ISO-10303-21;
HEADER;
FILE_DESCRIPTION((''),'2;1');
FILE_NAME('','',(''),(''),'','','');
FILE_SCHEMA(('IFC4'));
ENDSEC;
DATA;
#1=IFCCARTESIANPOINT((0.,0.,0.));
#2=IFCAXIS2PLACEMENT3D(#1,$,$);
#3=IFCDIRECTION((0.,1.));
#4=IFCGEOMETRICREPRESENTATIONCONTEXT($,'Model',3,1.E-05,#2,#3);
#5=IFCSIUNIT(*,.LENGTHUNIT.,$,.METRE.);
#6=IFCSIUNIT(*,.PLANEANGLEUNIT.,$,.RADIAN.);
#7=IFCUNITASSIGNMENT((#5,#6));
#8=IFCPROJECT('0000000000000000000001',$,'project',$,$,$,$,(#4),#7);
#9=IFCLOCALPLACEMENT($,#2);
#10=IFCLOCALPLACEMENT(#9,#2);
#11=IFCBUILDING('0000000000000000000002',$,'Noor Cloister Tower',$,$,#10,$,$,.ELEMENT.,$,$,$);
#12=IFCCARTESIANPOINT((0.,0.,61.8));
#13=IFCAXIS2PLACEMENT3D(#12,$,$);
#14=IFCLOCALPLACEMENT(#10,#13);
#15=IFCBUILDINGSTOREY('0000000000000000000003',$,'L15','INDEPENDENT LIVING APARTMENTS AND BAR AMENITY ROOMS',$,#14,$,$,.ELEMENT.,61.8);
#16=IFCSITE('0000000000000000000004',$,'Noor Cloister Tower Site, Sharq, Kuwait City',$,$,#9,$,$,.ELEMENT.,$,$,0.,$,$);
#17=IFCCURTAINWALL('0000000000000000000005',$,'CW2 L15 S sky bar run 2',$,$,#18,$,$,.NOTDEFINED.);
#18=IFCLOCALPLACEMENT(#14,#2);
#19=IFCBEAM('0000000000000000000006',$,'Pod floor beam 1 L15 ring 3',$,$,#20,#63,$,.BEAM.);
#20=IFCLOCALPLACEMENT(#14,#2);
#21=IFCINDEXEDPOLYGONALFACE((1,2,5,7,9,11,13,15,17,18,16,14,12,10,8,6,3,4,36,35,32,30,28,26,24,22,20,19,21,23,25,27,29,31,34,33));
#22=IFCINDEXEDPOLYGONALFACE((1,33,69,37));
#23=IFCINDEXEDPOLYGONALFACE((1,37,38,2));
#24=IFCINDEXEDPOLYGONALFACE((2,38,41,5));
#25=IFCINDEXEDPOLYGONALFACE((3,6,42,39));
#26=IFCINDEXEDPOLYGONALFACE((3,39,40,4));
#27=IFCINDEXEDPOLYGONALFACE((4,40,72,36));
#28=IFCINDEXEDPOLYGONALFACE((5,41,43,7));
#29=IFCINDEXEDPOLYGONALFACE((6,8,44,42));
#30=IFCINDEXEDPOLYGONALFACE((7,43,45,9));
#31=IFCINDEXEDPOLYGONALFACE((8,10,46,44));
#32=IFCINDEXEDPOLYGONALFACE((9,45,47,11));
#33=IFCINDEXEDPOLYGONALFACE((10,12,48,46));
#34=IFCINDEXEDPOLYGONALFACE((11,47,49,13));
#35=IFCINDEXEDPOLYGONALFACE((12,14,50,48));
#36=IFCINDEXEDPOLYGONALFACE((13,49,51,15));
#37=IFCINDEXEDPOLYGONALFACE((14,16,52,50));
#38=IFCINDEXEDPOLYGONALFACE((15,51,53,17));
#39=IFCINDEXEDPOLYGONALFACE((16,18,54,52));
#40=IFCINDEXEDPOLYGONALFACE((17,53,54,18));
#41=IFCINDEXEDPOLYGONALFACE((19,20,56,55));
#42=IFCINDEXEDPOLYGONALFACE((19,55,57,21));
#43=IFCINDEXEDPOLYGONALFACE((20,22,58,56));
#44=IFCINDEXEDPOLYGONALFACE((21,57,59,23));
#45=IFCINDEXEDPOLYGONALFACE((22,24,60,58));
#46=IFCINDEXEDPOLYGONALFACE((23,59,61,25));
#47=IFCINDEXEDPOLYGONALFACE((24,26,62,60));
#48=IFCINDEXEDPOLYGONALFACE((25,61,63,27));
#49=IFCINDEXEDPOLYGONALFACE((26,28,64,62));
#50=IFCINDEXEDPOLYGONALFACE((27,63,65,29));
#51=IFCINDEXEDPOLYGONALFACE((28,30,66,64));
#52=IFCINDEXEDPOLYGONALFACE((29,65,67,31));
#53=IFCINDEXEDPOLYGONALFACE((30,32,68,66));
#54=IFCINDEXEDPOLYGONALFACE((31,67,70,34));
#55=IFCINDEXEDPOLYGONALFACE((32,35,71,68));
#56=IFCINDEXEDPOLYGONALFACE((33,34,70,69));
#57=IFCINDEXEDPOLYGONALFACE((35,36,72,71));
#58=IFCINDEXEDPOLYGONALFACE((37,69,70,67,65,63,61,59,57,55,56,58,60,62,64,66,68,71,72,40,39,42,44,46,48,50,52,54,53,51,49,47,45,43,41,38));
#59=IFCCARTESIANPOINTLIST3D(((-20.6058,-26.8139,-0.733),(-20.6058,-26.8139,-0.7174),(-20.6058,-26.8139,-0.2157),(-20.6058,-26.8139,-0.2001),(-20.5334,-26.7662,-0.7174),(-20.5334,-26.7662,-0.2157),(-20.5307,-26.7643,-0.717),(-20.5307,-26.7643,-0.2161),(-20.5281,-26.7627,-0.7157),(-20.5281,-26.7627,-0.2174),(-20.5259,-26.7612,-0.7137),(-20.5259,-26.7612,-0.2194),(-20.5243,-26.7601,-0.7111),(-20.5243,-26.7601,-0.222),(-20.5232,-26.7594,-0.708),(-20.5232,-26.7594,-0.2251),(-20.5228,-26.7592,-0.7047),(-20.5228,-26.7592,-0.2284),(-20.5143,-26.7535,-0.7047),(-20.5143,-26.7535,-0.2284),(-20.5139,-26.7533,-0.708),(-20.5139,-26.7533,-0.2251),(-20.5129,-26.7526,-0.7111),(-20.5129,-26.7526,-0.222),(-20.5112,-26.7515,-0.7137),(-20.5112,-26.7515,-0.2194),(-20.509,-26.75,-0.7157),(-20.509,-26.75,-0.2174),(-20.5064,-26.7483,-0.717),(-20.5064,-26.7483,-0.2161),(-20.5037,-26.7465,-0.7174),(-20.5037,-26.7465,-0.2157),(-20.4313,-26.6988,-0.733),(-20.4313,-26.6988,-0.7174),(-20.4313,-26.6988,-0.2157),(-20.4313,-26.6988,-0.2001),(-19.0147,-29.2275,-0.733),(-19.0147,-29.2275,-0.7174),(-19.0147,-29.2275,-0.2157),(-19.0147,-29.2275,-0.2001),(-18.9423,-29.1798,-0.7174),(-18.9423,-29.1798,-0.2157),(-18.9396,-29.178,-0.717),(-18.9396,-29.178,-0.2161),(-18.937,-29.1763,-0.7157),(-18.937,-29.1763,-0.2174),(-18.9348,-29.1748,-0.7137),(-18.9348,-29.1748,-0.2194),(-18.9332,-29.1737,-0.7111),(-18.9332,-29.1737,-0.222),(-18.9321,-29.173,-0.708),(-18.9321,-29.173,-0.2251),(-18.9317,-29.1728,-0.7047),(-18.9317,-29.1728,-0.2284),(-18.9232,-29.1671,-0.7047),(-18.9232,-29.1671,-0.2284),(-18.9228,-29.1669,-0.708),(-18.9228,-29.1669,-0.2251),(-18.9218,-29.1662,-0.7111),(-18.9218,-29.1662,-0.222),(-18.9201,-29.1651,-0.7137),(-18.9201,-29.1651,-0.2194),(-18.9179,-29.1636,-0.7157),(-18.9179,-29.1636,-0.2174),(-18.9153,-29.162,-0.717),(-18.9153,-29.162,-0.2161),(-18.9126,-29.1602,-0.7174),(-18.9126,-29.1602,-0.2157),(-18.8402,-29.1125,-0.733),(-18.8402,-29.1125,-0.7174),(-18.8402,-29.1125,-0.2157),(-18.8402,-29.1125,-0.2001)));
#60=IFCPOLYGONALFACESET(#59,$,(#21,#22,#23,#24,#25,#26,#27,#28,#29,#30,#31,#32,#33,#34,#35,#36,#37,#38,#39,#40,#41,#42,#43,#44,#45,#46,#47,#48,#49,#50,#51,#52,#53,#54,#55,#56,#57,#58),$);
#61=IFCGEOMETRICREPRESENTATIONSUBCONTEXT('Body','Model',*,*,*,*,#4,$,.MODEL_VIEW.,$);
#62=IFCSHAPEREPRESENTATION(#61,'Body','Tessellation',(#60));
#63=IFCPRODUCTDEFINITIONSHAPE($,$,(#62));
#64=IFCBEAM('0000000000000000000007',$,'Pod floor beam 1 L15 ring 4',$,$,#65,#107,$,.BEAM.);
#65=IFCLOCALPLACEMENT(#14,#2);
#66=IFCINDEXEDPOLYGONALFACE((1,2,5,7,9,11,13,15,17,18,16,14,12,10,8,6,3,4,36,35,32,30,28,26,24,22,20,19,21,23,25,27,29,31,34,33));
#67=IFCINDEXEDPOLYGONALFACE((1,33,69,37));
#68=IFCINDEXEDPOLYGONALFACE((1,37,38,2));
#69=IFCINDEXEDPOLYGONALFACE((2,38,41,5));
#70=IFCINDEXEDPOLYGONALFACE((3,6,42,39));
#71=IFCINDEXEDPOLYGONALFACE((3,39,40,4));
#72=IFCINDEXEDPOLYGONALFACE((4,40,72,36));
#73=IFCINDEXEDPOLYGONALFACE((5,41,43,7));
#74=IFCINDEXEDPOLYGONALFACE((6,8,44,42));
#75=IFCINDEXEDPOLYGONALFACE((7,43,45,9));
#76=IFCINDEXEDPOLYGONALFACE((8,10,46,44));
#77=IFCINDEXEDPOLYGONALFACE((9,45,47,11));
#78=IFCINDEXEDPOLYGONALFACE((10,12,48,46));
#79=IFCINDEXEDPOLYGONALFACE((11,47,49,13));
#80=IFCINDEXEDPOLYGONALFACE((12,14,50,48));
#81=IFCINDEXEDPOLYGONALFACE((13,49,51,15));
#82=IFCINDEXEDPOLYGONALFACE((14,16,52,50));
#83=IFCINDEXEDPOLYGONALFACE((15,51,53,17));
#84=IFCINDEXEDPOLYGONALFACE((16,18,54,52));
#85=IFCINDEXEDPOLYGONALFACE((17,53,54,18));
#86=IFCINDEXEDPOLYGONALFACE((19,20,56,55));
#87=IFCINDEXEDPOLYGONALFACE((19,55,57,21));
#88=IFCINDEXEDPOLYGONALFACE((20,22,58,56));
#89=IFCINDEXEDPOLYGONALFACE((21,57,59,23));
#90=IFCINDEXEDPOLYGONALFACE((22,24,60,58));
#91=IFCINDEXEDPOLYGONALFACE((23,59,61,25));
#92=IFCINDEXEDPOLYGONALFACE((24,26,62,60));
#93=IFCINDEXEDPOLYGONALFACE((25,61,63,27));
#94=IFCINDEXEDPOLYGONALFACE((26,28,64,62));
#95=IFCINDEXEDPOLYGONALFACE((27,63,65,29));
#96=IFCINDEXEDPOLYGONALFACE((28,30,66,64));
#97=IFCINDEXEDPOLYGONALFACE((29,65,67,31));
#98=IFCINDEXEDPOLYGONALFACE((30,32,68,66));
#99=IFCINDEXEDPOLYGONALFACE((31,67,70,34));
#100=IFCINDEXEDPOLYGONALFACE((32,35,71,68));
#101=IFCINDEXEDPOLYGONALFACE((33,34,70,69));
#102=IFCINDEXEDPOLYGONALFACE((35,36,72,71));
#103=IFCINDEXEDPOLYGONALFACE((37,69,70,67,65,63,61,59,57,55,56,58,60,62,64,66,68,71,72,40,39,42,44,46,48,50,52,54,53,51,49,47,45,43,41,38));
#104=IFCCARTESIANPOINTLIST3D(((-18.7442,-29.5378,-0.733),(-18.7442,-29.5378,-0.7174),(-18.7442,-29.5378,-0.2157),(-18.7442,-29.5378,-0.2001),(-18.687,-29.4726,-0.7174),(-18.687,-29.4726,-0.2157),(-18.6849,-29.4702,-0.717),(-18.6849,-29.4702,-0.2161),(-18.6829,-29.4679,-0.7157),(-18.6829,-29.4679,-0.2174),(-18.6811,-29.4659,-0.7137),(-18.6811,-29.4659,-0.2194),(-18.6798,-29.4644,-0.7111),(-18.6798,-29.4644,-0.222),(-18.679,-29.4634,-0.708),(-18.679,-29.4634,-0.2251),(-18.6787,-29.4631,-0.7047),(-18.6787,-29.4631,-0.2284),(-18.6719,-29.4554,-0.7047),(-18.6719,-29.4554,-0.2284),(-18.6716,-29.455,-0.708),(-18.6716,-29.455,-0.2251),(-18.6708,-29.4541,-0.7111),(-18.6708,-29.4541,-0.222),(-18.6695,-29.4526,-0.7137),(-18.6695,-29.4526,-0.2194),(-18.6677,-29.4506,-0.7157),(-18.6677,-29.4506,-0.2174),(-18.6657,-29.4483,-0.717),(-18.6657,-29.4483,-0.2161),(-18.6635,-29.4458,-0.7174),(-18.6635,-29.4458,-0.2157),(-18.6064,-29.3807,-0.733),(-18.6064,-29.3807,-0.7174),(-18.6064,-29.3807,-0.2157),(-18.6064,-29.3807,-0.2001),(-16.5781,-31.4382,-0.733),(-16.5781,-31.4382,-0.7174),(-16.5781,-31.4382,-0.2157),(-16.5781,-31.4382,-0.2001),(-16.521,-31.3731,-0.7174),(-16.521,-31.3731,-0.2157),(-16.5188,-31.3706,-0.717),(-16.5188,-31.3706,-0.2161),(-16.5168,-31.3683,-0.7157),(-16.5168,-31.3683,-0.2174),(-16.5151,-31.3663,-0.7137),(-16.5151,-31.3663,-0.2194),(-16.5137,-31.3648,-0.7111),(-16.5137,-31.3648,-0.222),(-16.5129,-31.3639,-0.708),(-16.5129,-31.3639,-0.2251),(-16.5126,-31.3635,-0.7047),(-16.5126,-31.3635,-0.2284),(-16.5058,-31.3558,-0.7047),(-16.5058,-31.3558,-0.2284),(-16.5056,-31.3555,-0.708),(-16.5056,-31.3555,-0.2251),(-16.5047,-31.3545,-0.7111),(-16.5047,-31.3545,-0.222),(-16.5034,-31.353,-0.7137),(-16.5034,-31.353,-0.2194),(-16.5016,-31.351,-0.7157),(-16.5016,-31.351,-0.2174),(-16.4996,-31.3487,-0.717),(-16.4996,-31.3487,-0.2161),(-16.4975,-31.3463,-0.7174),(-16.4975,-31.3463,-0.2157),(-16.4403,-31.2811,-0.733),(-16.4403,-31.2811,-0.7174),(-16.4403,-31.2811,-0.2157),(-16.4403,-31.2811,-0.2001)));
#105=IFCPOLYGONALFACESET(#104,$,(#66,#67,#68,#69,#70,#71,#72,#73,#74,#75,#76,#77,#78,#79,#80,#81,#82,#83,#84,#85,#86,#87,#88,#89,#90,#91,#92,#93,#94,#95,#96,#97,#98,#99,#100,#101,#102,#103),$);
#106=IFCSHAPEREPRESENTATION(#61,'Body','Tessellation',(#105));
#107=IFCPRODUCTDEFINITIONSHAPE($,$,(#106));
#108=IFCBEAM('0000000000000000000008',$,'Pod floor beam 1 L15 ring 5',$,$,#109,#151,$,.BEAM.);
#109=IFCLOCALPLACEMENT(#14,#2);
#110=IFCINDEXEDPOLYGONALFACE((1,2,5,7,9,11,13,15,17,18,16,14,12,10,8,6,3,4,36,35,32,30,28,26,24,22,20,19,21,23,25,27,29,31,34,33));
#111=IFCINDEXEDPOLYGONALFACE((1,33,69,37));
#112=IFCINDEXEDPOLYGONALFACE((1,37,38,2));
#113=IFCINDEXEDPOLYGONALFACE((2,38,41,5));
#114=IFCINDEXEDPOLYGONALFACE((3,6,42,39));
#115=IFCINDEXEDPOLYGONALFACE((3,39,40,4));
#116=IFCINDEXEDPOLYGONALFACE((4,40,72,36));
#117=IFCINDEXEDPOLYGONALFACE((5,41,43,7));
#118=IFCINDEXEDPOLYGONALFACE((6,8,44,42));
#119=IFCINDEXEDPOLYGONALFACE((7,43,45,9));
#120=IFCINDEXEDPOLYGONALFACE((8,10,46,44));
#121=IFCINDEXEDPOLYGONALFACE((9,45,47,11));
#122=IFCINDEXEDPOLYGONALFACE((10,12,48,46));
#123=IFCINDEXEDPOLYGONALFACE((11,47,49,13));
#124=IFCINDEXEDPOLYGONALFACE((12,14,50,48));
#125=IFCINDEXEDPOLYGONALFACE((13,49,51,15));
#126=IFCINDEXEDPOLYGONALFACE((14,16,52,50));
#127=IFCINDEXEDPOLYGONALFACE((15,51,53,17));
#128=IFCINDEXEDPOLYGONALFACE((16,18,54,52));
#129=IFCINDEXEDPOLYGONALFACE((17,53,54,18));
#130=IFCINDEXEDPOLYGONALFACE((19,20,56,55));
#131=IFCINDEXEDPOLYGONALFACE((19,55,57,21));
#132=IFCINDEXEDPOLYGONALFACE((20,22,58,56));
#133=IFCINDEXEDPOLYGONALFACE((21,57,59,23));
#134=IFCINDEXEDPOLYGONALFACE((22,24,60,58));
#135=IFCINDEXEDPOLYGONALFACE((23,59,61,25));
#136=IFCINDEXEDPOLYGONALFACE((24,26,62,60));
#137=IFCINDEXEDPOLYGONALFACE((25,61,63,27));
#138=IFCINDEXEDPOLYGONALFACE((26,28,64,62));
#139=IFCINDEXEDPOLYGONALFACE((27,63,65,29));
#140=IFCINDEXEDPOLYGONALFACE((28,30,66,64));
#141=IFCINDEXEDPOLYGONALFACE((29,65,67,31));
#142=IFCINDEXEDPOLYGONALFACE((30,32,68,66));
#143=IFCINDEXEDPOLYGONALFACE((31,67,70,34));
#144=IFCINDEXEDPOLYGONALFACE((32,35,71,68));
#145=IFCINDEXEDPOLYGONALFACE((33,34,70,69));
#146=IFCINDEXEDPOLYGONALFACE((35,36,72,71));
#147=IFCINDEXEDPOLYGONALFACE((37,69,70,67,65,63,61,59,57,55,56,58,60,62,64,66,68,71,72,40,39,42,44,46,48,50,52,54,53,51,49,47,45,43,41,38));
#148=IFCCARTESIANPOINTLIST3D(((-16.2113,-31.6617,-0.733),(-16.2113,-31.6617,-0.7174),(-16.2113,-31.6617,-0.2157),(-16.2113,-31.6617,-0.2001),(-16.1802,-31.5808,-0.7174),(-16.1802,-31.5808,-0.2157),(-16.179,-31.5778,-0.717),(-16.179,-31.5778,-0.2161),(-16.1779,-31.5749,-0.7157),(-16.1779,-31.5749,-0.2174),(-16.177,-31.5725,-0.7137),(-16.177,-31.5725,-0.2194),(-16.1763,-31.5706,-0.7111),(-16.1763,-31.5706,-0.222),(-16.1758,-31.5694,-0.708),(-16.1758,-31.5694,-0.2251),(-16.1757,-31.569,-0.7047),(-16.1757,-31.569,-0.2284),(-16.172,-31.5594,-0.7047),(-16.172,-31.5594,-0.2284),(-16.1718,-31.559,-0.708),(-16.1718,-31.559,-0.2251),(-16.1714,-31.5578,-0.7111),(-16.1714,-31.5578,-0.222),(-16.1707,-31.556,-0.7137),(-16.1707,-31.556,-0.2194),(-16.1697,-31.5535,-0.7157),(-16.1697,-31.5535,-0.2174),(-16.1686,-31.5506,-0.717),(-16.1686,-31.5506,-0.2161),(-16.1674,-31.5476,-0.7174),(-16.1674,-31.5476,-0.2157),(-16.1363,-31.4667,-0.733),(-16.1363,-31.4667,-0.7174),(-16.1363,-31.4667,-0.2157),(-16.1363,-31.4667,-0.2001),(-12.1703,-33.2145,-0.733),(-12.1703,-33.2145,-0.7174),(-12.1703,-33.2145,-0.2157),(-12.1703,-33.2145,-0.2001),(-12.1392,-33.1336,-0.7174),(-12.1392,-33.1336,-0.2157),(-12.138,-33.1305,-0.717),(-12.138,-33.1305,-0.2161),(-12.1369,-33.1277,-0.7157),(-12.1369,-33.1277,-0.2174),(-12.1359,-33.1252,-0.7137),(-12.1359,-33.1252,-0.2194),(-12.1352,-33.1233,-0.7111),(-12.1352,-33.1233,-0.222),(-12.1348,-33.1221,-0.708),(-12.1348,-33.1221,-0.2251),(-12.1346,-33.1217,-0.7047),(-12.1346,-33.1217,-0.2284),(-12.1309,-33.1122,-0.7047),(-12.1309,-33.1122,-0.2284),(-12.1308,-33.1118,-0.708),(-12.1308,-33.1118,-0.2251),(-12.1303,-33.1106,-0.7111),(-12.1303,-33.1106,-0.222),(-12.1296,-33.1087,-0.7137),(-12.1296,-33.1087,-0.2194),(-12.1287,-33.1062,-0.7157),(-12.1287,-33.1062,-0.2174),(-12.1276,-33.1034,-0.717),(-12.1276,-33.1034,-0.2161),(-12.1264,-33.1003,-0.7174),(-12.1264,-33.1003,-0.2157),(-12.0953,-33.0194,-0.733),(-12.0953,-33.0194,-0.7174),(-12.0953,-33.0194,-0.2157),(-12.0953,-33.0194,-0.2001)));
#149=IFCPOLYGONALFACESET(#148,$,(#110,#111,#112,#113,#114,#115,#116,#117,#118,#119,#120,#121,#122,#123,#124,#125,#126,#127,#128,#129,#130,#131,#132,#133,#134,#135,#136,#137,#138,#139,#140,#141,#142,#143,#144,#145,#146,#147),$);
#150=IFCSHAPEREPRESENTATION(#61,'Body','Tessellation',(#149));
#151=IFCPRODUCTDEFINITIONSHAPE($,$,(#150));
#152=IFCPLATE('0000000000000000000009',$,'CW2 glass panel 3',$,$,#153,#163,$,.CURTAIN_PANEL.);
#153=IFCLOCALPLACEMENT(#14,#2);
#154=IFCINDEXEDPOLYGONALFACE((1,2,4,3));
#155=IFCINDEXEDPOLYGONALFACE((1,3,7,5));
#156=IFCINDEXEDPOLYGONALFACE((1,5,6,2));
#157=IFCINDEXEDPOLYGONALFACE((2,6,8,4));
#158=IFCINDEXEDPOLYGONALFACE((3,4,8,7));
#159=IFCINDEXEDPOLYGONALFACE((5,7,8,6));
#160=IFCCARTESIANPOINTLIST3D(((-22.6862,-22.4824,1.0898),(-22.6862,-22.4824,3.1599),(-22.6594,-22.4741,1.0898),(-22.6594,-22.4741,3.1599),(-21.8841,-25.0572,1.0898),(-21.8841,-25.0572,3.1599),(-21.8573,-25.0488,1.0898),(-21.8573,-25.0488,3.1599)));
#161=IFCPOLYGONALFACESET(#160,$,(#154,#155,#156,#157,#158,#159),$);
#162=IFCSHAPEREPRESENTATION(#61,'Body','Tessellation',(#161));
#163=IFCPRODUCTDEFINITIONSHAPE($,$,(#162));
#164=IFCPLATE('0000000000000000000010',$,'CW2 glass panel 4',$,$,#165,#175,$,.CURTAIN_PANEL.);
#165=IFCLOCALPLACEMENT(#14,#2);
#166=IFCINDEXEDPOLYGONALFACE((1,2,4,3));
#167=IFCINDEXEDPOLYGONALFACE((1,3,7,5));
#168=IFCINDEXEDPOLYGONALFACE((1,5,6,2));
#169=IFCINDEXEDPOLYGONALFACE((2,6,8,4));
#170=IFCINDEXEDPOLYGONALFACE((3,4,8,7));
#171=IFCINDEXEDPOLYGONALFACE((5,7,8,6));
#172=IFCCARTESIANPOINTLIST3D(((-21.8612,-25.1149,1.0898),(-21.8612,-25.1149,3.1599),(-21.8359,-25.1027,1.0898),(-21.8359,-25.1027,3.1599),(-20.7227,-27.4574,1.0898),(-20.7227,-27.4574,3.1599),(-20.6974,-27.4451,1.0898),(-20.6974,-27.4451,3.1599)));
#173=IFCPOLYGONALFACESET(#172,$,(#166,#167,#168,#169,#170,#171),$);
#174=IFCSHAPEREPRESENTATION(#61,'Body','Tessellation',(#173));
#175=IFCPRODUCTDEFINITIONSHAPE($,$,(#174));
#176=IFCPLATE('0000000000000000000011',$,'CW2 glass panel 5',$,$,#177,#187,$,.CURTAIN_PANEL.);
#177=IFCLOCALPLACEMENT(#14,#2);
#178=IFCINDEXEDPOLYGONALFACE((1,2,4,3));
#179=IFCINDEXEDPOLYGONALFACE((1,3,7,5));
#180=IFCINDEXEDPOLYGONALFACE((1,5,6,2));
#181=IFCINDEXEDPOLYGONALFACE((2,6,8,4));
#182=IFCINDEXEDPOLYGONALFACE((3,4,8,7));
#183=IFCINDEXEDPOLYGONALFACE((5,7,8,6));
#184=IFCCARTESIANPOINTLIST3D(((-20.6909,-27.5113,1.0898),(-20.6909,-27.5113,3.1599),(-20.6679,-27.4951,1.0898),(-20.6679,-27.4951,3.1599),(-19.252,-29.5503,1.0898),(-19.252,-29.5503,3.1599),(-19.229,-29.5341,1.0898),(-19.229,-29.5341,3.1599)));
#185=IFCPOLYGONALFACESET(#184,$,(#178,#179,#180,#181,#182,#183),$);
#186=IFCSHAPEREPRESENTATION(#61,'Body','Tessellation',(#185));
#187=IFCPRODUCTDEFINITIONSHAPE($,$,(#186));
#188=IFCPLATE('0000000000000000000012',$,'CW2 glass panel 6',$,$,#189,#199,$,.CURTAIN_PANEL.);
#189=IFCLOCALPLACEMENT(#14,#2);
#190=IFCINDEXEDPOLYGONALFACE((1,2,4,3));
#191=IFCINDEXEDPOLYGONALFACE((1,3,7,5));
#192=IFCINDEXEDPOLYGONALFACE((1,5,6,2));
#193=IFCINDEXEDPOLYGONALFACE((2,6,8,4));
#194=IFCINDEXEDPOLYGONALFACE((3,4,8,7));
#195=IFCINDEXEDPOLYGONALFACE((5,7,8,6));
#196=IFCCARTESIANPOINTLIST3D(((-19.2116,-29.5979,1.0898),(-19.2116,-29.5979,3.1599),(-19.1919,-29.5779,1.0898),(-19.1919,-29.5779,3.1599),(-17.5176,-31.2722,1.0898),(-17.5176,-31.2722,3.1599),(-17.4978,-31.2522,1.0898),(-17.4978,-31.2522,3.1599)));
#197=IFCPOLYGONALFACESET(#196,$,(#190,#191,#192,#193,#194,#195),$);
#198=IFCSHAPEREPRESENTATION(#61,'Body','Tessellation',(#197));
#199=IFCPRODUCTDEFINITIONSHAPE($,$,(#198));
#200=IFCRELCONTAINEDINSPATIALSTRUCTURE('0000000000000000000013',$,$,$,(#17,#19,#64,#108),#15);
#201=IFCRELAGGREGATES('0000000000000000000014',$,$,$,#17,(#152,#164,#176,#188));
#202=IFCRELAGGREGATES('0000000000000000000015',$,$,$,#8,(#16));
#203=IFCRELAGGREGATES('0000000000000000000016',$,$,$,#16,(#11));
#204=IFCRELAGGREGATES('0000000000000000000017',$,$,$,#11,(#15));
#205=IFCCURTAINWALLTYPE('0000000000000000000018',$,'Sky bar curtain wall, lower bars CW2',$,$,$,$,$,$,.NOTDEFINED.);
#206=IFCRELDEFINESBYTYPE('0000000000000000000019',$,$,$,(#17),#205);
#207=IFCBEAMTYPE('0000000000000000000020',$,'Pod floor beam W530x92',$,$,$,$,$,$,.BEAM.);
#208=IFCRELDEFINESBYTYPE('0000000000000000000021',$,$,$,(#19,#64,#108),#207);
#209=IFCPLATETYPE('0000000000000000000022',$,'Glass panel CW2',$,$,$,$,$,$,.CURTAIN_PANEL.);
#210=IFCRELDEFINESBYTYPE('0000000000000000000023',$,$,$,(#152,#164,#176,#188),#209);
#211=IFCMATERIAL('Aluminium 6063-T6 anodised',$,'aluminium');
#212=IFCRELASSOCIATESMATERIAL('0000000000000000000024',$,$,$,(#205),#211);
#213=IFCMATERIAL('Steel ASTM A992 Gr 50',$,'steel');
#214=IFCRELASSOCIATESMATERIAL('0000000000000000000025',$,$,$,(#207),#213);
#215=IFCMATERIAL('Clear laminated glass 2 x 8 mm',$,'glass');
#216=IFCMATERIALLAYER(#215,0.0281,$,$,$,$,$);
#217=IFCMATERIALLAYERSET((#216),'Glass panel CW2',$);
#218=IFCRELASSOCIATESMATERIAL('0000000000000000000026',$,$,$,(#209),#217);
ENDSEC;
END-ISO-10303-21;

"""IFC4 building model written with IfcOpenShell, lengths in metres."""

from ifc_helpers import new_model, si_unit, direction, frame, origin, origin_2d, place, context, subcontext, project, spatial, rectangle, i_section, extrude, material, layer, layer_set, material_profile, profile_set, type_object, element, aggregate, save


model = new_model("IFC4")

# Units and contexts
model_context = context("Model", 3, precision=1e-05, world=origin(), true_north=direction((0.0, 1.0)))
body_context = subcontext(model_context, "Body", "Model", "MODEL_VIEW")
ifc_project = project(units=[si_unit("LENGTHUNIT", "METRE"), si_unit("PLANEANGLEUNIT", "RADIAN")], contexts=[model_context])

# Site, building, storey
site_placement = place(None, origin())
site = spatial("IfcSite", under=ifc_project, at=site_placement, Name="Noor Cloister Tower Site, Sharq, Kuwait City", CompositionType="ELEMENT", RefElevation=0.0)
building_placement = place(site_placement, origin())
building = spatial("IfcBuilding", under=site, at=building_placement, Name="Noor Cloister Tower", CompositionType="ELEMENT")
storey_placement = place(building_placement, frame((0.0, 0.0, 61.8)))
storey = spatial("IfcBuildingStorey", under=building, at=storey_placement, Name="L15", Description="INDEPENDENT LIVING APARTMENTS AND BAR AMENITY ROOMS", CompositionType="ELEMENT", Elevation=61.8)

# Curtain wall
ifc_material_1 = material(Name="Aluminium 6063-T6 anodised", Category="aluminium")
curtain_wall_type = type_object("IfcCurtainWallType", Name="Sky bar curtain wall, lower bars CW2", PredefinedType="NOTDEFINED", material=ifc_material_1)
curtain_wall_placement = place(storey_placement, origin())
curtain_wall = element("IfcCurtainWall", 1, at=curtain_wall_placement, inside=storey, type_object=curtain_wall_type, Name="CW2 L15 S sky bar run 2", PredefinedType="NOTDEFINED")

# Beams
ifc_material_2 = material(Name="Steel ASTM A992 Gr 50", Category="steel")
ifc_material_profile_1 = material_profile(ifc_material_2, i_section(OverallWidth=0.209, OverallDepth=0.533, WebThickness=0.0103, FlangeThickness=0.0156, FilletRadius=0.0127, at=origin_2d()), Name="W530x92")
ifc_profile_set_1 = profile_set([ifc_material_profile_1], Name="Steel ASTM A992 Gr 50")
beam_type = type_object("IfcBeamType", Name="Pod floor beam W530x92", PredefinedType="BEAM", material=ifc_profile_set_1)
beam_1_placement = place(storey_placement, frame((-20.5186, -26.7563, -0.4666), z_axis=(0.550386, -0.834911, 0.0), x_axis=(0.834911, 0.550386, 0.0)))
element("IfcBeam", 2, at=beam_1_placement, inside=storey, type_object=beam_type, Name="Pod floor beam 1 L15 ring 3", PredefinedType="BEAM", context=body_context, shape_type="SweptSolid", body=[
    extrude(i_section(OverallWidth=0.209, OverallDepth=0.533, WebThickness=0.0103, FlangeThickness=0.0156, FilletRadius=0.0127, at=origin_2d()), origin(), (0.0, 0.0, 1.0), 2.8909),
])
beam_2_placement = place(storey_placement, frame((-18.6753, -29.4592, -0.4666), z_axis=(0.751694, -0.659512, 0.0), x_axis=(0.659512, 0.751694, 0.0)))
element("IfcBeam", 3, at=beam_2_placement, inside=storey, type_object=beam_type, Name="Pod floor beam 1 L15 ring 4", PredefinedType="BEAM", context=body_context, shape_type="SweptSolid", body=[
    extrude(i_section(OverallWidth=0.209, OverallDepth=0.533, WebThickness=0.0103, FlangeThickness=0.0156, FilletRadius=0.0127, at=origin_2d()), origin(), (0.0, 0.0, 1.0), 2.8816),
])
beam_3_placement = place(storey_placement, frame((-16.1738, -31.5642, -0.4666), z_axis=(0.933462, -0.358677, 0.0), x_axis=(0.358677, 0.933462, 0.0)))
element("IfcBeam", 4, at=beam_3_placement, inside=storey, type_object=beam_type, Name="Pod floor beam 1 L15 ring 5", PredefinedType="BEAM", context=body_context, shape_type="SweptSolid", body=[
    extrude(i_section(OverallWidth=0.209, OverallDepth=0.533, WebThickness=0.0103, FlangeThickness=0.0156, FilletRadius=0.0127, at=origin_2d()), origin(), (0.0, 0.0, 1.0), 4.3291),
])

# Plates
ifc_material_3 = material(Name="Clear laminated glass 2 x 8 mm", Category="glass")
ifc_layer_1 = layer(ifc_material_3, 0.0281)
ifc_layer_set_1 = layer_set([ifc_layer_1], Name="Glass panel CW2")
plate_type = type_object("IfcPlateType", Name="Glass panel CW2", PredefinedType="CURTAIN_PANEL", material=ifc_layer_set_1)
plate_1_placement = place(storey_placement, frame((-22.2717, -23.7656, 1.0898), z_axis=(0.0, 0.0, 1.0), x_axis=(0.297447, -0.954738, 0.0)))
plate_1 = element("IfcPlate", 5, at=plate_1_placement, type_object=plate_type, Name="CW2 glass panel 3", PredefinedType="CURTAIN_PANEL", context=body_context, shape_type="SweptSolid", body=[
    extrude(rectangle(XDim=2.6968, YDim=0.0281, at=origin_2d()), origin(), (0.0, 0.0, 1.0), 2.0701),
])
plate_2_placement = place(storey_placement, frame((-21.2793, -26.28, 1.0898), z_axis=(0.0, 0.0, 1.0), x_axis=(0.43714, -0.899394, 0.0)))
plate_2 = element("IfcPlate", 6, at=plate_2_placement, type_object=plate_type, Name="CW2 glass panel 4", PredefinedType="CURTAIN_PANEL", context=body_context, shape_type="SweptSolid", body=[
    extrude(rectangle(XDim=2.6045, YDim=0.0281, at=origin_2d()), origin(), (0.0, 0.0, 1.0), 2.0701),
])
plate_3_placement = place(storey_placement, frame((-19.96, -28.5227, 1.0898), z_axis=(0.0, 0.0, 1.0), x_axis=(0.576574, -0.817045, 0.0)))
plate_3 = element("IfcPlate", 7, at=plate_3_placement, type_object=plate_type, Name="CW2 glass panel 5", PredefinedType="CURTAIN_PANEL", context=body_context, shape_type="SweptSolid", body=[
    extrude(rectangle(XDim=2.4956, YDim=0.0281, at=origin_2d()), origin(), (0.0, 0.0, 1.0), 2.0701),
])
plate_4_placement = place(storey_placement, frame((-18.3547, -30.425, 1.0898), z_axis=(0.0, 0.0, 1.0), x_axis=(0.711249, -0.702941, 0.0)))
plate_4 = element("IfcPlate", 8, at=plate_4_placement, type_object=plate_type, Name="CW2 glass panel 6", PredefinedType="CURTAIN_PANEL", context=body_context, shape_type="SweptSolid", body=[
    extrude(rectangle(XDim=2.3818, YDim=0.0281, at=origin_2d()), origin(), (0.0, 0.0, 1.0), 2.0701),
])
aggregate(curtain_wall, [plate_1, plate_2, plate_3, plate_4])

save(model, "model.ifc")
